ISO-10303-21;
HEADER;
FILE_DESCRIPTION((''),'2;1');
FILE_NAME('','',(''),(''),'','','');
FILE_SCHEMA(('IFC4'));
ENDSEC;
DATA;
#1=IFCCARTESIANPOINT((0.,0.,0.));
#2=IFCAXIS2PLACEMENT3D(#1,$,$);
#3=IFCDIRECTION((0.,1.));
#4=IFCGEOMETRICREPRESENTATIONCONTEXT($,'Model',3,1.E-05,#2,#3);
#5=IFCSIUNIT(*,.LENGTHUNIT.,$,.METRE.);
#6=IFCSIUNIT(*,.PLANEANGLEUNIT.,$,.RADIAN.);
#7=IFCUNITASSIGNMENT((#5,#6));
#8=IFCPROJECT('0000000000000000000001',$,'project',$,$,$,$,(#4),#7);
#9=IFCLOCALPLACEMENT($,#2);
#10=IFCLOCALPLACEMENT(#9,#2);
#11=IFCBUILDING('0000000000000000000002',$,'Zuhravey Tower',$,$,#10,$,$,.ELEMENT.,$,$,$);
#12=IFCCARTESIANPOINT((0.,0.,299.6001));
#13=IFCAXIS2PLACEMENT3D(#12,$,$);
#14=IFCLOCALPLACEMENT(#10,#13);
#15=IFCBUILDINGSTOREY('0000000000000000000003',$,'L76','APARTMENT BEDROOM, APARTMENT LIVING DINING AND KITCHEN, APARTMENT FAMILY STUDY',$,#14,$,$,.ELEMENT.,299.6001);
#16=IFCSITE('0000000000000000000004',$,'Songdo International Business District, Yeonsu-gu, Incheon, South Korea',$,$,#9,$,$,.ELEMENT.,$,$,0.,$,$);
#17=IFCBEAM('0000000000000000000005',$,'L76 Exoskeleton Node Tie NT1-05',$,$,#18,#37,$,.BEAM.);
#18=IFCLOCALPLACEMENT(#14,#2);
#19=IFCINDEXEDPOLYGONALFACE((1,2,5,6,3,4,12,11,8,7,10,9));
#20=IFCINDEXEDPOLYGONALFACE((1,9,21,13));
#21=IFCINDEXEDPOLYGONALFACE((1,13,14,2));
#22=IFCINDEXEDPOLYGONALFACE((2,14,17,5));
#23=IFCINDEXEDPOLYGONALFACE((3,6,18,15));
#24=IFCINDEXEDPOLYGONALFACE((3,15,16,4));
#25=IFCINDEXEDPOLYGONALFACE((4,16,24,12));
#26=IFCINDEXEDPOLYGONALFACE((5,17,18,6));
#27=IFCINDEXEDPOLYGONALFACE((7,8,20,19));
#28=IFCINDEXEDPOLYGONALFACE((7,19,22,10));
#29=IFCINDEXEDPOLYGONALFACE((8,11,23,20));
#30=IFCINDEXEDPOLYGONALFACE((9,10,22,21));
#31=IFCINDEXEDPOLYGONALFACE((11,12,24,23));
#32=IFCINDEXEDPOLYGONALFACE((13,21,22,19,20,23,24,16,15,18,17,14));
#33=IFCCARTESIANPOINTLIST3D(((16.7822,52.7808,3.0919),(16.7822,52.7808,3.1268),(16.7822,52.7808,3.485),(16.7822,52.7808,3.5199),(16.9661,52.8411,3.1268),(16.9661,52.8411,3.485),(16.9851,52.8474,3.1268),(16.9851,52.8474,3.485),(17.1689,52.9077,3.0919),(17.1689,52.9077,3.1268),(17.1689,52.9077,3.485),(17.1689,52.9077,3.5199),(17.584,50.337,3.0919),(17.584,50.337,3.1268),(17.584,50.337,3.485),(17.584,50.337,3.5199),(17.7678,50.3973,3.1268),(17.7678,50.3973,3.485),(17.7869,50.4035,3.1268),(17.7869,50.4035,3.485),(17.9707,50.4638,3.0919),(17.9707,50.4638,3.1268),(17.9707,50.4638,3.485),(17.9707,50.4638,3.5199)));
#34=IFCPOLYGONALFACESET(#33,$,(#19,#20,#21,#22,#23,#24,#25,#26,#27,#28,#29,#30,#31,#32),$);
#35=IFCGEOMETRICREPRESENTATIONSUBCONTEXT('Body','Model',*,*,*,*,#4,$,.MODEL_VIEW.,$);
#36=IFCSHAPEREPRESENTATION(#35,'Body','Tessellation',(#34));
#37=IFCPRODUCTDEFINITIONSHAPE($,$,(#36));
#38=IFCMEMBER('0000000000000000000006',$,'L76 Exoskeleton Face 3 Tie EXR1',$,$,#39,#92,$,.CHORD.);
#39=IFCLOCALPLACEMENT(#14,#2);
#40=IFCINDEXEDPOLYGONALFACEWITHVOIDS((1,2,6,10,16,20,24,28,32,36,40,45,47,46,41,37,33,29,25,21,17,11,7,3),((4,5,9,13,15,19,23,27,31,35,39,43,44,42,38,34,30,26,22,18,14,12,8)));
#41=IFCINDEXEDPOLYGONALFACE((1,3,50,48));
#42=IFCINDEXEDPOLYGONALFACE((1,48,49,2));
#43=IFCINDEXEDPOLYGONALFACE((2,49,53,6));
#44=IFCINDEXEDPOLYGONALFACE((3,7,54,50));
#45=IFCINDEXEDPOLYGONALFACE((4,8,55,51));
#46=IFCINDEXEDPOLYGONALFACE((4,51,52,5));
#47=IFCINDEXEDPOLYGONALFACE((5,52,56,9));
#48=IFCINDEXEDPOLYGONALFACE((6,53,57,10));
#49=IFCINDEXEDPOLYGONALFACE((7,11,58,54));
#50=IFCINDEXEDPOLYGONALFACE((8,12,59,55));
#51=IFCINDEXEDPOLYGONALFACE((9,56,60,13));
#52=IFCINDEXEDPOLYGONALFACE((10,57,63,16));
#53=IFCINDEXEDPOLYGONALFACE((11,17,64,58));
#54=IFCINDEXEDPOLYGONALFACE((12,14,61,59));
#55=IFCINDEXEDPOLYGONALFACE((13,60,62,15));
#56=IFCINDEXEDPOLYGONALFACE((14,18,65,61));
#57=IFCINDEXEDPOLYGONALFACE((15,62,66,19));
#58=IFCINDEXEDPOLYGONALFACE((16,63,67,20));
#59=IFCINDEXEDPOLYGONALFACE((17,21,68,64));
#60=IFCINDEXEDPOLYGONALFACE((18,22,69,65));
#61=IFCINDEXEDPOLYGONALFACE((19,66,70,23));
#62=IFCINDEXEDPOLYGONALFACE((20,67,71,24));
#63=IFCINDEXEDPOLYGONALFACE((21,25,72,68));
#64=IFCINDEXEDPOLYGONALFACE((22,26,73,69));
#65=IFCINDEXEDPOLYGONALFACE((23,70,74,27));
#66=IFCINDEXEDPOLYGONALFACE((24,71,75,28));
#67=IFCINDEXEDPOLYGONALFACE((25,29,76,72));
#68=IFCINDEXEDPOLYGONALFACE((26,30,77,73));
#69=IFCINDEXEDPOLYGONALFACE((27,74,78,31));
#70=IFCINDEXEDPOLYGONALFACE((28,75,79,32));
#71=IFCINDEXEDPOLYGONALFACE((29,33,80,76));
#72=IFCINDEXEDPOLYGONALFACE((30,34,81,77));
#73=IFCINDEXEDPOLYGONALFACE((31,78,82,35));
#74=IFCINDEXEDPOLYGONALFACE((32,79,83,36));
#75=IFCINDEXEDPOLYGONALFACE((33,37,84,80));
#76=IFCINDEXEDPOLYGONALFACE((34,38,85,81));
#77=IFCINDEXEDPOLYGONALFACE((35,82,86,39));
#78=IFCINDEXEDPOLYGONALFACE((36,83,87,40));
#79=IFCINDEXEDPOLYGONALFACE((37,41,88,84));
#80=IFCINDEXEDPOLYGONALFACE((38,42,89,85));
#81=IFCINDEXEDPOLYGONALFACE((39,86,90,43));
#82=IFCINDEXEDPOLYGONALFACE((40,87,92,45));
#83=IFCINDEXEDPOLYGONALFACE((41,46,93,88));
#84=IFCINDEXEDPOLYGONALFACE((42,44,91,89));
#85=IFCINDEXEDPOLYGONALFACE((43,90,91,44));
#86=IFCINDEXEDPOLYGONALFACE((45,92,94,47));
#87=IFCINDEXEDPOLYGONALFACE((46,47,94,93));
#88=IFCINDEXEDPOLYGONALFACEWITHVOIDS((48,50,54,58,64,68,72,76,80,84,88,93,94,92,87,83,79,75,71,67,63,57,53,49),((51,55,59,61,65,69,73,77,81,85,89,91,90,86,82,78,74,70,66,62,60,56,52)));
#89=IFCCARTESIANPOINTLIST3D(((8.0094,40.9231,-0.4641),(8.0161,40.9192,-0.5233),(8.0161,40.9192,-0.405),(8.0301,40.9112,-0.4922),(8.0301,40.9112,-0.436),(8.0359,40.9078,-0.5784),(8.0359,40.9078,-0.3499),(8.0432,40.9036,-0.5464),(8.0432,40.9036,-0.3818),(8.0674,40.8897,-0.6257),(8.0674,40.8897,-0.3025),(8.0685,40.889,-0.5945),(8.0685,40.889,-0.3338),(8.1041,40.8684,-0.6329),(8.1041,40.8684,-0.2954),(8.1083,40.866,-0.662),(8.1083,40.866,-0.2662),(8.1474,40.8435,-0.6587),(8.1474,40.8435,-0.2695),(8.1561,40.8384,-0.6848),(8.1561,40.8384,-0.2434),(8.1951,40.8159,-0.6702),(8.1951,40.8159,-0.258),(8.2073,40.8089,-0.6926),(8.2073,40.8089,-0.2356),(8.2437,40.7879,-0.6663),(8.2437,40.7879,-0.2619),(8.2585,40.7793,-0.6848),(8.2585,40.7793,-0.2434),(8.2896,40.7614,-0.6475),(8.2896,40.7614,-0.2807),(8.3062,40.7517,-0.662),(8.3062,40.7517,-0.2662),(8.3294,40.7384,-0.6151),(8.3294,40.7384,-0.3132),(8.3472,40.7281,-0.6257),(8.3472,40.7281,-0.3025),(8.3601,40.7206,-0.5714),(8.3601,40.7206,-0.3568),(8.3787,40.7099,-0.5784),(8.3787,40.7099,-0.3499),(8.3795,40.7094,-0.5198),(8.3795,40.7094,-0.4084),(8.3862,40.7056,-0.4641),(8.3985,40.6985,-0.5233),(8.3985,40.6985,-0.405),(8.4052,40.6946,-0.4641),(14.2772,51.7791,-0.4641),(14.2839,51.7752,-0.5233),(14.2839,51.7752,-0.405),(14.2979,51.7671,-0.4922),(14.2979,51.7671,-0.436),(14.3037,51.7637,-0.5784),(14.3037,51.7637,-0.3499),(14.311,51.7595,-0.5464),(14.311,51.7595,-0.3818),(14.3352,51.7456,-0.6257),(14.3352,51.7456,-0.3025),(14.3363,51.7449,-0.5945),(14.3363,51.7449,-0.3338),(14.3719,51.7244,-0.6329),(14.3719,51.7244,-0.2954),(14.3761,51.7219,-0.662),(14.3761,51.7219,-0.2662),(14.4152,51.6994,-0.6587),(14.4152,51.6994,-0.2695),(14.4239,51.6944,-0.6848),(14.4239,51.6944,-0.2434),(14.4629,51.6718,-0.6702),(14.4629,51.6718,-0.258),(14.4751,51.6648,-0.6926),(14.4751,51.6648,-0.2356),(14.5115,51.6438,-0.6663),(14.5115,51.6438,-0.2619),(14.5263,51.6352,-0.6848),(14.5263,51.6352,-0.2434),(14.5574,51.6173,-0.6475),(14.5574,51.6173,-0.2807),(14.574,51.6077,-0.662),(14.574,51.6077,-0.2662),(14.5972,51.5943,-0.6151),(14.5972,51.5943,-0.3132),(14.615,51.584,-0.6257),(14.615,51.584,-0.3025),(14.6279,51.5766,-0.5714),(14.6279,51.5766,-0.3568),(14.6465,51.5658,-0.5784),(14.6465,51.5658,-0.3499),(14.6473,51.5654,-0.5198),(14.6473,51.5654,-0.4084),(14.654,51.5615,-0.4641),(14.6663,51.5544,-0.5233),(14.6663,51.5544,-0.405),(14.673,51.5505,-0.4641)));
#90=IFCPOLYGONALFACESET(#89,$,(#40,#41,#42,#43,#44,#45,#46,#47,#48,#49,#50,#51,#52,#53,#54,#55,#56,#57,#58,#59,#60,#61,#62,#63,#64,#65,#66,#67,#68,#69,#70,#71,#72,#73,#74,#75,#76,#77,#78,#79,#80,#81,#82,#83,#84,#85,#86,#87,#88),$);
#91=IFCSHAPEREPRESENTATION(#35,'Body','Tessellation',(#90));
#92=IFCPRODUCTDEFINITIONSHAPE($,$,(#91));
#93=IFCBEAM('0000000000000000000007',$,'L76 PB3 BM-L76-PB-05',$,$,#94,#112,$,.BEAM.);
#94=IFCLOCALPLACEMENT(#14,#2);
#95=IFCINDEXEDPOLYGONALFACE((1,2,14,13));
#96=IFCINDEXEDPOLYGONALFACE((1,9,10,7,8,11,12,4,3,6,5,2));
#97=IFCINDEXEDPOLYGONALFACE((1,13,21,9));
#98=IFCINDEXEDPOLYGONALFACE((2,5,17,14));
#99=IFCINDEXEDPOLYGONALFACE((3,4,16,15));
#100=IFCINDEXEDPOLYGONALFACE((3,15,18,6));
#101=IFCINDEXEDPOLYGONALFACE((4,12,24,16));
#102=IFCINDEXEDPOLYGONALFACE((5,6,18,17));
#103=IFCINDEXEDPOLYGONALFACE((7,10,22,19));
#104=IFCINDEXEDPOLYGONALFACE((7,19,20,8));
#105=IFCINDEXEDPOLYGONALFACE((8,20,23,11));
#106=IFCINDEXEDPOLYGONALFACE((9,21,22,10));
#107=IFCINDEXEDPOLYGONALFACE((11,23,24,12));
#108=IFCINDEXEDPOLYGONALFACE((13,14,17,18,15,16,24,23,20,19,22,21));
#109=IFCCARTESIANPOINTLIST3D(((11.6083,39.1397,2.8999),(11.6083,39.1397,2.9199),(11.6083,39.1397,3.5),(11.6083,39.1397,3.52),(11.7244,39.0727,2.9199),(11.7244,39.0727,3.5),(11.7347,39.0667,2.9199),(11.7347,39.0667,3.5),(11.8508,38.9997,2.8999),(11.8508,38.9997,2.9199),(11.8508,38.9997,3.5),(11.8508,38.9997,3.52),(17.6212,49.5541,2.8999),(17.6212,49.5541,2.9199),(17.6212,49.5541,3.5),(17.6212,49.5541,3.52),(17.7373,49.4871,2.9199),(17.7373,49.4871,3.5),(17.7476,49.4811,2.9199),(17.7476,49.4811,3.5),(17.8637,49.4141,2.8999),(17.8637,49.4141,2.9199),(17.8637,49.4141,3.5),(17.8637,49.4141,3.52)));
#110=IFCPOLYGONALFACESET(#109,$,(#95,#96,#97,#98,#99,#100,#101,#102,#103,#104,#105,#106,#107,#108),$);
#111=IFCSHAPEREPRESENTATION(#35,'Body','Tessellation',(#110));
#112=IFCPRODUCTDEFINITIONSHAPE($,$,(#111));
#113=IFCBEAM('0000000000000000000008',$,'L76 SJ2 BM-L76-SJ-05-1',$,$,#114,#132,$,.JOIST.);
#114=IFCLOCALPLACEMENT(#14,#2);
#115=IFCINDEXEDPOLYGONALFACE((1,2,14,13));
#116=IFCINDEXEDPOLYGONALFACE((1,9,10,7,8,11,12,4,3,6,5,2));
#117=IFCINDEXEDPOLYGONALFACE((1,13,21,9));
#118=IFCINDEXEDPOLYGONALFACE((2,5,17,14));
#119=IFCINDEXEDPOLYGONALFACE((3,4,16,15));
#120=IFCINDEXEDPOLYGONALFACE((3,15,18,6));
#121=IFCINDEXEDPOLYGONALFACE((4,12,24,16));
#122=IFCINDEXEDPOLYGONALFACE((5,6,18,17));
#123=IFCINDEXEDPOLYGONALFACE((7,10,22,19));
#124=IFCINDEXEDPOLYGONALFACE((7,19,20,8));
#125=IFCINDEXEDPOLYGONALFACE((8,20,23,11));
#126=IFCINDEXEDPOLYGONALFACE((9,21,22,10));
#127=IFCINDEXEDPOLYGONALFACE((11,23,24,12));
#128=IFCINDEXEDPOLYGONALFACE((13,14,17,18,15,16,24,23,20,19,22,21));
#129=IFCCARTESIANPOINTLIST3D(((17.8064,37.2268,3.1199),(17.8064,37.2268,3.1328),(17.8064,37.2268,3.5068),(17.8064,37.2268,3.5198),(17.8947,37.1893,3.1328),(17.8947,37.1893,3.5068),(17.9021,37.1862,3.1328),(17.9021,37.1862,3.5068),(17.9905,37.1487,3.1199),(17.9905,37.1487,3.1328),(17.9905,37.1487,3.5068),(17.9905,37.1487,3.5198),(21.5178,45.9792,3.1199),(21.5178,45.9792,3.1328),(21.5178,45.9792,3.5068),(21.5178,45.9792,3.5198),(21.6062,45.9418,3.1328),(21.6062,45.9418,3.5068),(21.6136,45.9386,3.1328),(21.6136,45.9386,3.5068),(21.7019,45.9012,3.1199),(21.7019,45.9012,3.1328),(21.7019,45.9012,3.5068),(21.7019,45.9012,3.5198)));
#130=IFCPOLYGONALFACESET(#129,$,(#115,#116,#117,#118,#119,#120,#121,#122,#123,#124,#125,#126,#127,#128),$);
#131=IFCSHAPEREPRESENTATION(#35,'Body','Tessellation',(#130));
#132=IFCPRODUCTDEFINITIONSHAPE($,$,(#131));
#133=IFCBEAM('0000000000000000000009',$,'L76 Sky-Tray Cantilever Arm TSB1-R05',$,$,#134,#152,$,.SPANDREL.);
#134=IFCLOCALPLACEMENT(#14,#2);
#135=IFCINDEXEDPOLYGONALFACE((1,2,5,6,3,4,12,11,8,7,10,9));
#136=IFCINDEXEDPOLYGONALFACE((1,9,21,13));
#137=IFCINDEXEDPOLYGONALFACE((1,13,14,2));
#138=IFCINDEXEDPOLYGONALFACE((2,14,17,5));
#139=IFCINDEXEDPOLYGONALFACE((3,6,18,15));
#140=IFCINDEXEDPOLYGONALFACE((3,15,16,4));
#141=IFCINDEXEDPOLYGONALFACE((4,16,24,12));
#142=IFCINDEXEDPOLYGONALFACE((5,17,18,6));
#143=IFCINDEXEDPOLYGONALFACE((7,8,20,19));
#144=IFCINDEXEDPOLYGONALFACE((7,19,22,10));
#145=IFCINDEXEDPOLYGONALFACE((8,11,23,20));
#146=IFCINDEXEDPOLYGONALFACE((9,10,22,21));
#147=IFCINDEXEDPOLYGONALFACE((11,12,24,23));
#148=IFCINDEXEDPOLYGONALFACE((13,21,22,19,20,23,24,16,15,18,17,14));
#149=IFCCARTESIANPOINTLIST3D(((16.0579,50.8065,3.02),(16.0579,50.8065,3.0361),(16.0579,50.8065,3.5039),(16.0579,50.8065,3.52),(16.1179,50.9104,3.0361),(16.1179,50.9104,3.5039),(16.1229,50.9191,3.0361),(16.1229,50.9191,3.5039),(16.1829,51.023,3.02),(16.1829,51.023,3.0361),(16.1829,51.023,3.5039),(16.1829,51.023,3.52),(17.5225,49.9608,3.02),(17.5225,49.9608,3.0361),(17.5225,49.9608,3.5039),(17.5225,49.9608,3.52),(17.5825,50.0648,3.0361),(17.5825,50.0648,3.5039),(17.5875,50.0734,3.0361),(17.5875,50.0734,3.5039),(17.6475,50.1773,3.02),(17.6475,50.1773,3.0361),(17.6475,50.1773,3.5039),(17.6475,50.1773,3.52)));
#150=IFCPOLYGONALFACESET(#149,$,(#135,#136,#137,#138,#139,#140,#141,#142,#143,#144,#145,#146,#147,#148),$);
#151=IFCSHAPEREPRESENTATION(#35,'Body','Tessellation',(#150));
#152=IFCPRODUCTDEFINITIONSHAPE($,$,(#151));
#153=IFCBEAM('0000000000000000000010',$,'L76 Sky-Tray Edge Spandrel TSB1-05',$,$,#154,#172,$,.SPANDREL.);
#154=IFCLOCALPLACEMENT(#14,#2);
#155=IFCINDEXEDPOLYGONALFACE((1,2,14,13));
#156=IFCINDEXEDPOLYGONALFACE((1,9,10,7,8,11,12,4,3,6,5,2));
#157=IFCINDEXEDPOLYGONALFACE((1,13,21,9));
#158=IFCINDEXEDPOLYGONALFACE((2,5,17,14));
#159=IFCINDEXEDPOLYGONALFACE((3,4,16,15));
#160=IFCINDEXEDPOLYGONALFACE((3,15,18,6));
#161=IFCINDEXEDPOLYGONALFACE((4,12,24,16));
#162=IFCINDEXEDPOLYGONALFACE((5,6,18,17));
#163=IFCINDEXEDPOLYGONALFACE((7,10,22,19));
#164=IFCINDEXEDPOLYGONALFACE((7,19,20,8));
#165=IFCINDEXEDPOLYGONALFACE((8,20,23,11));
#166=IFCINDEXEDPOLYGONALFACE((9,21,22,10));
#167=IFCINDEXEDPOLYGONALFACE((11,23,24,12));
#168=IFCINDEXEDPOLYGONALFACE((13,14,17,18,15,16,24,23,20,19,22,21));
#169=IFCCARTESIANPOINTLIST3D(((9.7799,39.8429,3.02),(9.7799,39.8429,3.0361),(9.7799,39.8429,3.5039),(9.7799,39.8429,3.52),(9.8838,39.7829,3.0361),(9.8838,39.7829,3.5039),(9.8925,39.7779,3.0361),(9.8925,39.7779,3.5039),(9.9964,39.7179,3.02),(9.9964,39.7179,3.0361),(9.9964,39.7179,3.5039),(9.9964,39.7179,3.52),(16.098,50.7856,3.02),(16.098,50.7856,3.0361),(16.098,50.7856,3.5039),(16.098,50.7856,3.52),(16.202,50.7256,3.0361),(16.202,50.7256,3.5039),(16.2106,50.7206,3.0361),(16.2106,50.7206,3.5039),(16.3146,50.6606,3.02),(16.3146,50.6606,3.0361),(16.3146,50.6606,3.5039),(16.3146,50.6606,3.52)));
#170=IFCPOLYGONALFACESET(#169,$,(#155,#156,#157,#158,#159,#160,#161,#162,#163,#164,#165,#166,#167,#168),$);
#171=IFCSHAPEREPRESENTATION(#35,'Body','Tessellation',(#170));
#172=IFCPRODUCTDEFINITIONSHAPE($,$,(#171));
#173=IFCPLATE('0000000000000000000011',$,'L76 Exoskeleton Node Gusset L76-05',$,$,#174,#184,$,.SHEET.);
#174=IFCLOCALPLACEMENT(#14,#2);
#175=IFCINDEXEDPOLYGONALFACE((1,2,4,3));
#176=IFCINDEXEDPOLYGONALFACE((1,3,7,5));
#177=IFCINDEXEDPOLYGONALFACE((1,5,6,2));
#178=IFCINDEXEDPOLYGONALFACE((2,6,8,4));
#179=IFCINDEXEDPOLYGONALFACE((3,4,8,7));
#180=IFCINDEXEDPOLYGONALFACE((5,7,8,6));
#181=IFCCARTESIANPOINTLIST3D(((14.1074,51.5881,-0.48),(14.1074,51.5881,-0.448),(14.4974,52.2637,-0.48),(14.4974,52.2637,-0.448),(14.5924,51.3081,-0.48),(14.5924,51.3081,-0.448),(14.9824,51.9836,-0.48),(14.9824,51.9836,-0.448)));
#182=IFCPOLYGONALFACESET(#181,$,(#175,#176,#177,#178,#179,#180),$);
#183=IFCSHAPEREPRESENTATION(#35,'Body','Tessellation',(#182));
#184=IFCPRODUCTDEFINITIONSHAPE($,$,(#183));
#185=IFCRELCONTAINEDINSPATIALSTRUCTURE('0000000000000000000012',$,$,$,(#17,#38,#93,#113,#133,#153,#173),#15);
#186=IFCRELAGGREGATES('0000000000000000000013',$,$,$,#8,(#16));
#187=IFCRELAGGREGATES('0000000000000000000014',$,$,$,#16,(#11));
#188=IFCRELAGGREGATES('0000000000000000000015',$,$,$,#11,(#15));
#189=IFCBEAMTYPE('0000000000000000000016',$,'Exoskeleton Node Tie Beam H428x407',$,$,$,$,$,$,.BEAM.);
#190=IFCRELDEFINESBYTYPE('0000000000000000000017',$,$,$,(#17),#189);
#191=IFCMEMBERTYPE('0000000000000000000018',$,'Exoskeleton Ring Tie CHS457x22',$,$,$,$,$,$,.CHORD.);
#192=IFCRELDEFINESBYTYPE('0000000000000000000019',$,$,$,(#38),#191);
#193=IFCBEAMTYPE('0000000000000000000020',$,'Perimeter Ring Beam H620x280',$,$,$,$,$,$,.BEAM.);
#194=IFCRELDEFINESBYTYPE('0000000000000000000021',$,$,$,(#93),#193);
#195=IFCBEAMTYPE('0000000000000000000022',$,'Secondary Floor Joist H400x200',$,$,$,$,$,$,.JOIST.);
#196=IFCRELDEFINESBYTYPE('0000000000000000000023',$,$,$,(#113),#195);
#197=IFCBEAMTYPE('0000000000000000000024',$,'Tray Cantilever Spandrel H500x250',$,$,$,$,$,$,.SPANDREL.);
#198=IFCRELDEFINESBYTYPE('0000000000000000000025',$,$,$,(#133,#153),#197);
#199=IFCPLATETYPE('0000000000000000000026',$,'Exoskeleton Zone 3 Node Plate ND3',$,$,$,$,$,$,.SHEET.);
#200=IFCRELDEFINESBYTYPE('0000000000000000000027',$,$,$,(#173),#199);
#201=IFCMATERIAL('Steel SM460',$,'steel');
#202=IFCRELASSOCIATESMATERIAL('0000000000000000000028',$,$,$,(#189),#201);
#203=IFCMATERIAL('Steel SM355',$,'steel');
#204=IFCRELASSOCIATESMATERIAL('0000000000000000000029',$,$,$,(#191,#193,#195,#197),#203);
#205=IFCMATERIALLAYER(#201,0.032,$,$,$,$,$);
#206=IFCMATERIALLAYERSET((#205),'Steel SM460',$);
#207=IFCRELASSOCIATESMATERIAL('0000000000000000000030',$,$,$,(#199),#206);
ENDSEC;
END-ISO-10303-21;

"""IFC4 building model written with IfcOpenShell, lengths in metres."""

from ifc_helpers import new_model, si_unit, direction, frame, origin, origin_2d, place, context, subcontext, project, spatial, rectangle, hollow_circle, i_section, extrude, material, layer, layer_set, material_profile, profile_set, type_object, element, save


model = new_model("IFC4")

# Units and contexts
model_context = context("Model", 3, precision=1e-05, world=origin(), true_north=direction((0.0, 1.0)))
body_context = subcontext(model_context, "Body", "Model", "MODEL_VIEW")
ifc_project = project(units=[si_unit("LENGTHUNIT", "METRE"), si_unit("PLANEANGLEUNIT", "RADIAN")], contexts=[model_context])

# Site, building, storey
site_placement = place(None, origin())
site = spatial("IfcSite", under=ifc_project, at=site_placement, Name="Songdo International Business District, Yeonsu-gu, Incheon, South Korea", CompositionType="ELEMENT", RefElevation=0.0)
building_placement = place(site_placement, origin())
building = spatial("IfcBuilding", under=site, at=building_placement, Name="Zuhravey Tower", CompositionType="ELEMENT")
storey_placement = place(building_placement, frame((0.0, 0.0, 299.6001)))
storey = spatial("IfcBuildingStorey", under=building, at=storey_placement, Name="L76", Description="APARTMENT BEDROOM, APARTMENT LIVING DINING AND KITCHEN, APARTMENT FAMILY STUDY", CompositionType="ELEMENT", Elevation=299.6001)

# Beam
ifc_material_1 = material(Name="Steel SM460", Category="steel")
ifc_material_profile_1 = material_profile(ifc_material_1, i_section(OverallWidth=0.407, OverallDepth=0.428, WebThickness=0.02, FlangeThickness=0.0349, at=origin_2d()), Name="H-428x407x20x35")
ifc_profile_set_1 = profile_set([ifc_material_profile_1], Name="Steel SM460")
beam_type_1 = type_object("IfcBeamType", Name="Exoskeleton Node Tie Beam H428x407", PredefinedType="BEAM", material=ifc_profile_set_1)
beam_1_placement = place(storey_placement, frame((17.7773, 50.4004, 3.3059), z_axis=(-0.311725, 0.950172, 0.0), x_axis=(-0.950172, -0.311725, 0.0)))
element("IfcBeam", 1, at=beam_1_placement, inside=storey, type_object=beam_type_1, Name="L76 Exoskeleton Node Tie NT1-05", PredefinedType="BEAM", context=body_context, shape_type="SweptSolid", body=[
    extrude(i_section(OverallWidth=0.407, OverallDepth=0.428, WebThickness=0.02, FlangeThickness=0.0349, at=origin_2d()), origin(), (0.0, 0.0, 1.0), 2.572),
])

# Member
ifc_material_2 = material(Name="Steel SM355", Category="steel")
ifc_material_profile_2 = material_profile(ifc_material_2, hollow_circle(Radius=0.2285, WallThickness=0.022, at=origin_2d()), Name="CHS-457.2x22")
ifc_profile_set_2 = profile_set([ifc_material_profile_2], Name="Steel SM355")
member_type_1 = type_object("IfcMemberType", Name="Exoskeleton Ring Tie CHS457x22", PredefinedType="CHORD", material=ifc_profile_set_2)
member_1_placement = place(storey_placement, frame((14.4751, 51.6648, -0.4641), z_axis=(-0.500008, -0.866021, 0.0), x_axis=(0.866021, -0.500008, 0.0)))
element("IfcMember", 2, at=member_1_placement, inside=storey, type_object=member_type_1, Name="L76 Exoskeleton Face 3 Tie EXR1", PredefinedType="CHORD", context=body_context, shape_type="SweptSolid", body=[
    extrude(hollow_circle(Radius=0.2285, WallThickness=0.022, at=origin_2d()), origin(), (0.0, 0.0, 1.0), 12.5354),
])

# Beams
ifc_material_profile_3 = material_profile(ifc_material_2, i_section(OverallWidth=0.28, OverallDepth=0.6201, WebThickness=0.012, FlangeThickness=0.02, at=origin_2d()), Name="H-620x280x12x20")
ifc_profile_set_3 = profile_set([ifc_material_profile_3], Name="Steel SM355")
beam_type_2 = type_object("IfcBeamType", Name="Perimeter Ring Beam H620x280", PredefinedType="BEAM", material=ifc_profile_set_3)
beam_2_placement = place(storey_placement, frame((17.7424, 49.4841, 3.21), z_axis=(-0.500006, -0.866022, 0.0), x_axis=(0.866022, -0.500006, 0.0)))
element("IfcBeam", 3, at=beam_2_placement, inside=storey, type_object=beam_type_2, Name="L76 PB3 BM-L76-PB-05", PredefinedType="BEAM", context=body_context, shape_type="SweptSolid", body=[
    extrude(i_section(OverallWidth=0.28, OverallDepth=0.6201, WebThickness=0.012, FlangeThickness=0.02, at=origin_2d()), origin(), (0.0, 0.0, 1.0), 12.0256),
])
ifc_material_profile_4 = material_profile(ifc_material_2, i_section(OverallWidth=0.2, OverallDepth=0.3999, WebThickness=0.0081, FlangeThickness=0.0129, at=origin_2d()), Name="H-400x200x8x13")
ifc_profile_set_4 = profile_set([ifc_material_profile_4], Name="Steel SM355")
beam_type_3 = type_object("IfcBeamType", Name="Secondary Floor Joist H400x200", PredefinedType="JOIST", material=ifc_profile_set_4)
beam_3_placement = place(storey_placement, frame((21.6099, 45.9402, 3.3198), z_axis=(-0.390396, -0.920647, 0.0), x_axis=(0.920647, -0.390396, 0.0)))
element("IfcBeam", 4, at=beam_3_placement, inside=storey, type_object=beam_type_3, Name="L76 SJ2 BM-L76-SJ-05-1", PredefinedType="JOIST", context=body_context, shape_type="SweptSolid", body=[
    extrude(i_section(OverallWidth=0.2, OverallDepth=0.3999, WebThickness=0.0081, FlangeThickness=0.0129, at=origin_2d()), origin(), (0.0, 0.0, 1.0), 9.5068),
])
ifc_material_profile_5 = material_profile(ifc_material_2, i_section(OverallWidth=0.25, OverallDepth=0.5, WebThickness=0.01, FlangeThickness=0.0161, at=origin_2d()), Name="H-500x250x10x16")
ifc_profile_set_5 = profile_set([ifc_material_profile_5], Name="Steel SM355")
beam_type_4 = type_object("IfcBeamType", Name="Tray Cantilever Spandrel H500x250", PredefinedType="SPANDREL", material=ifc_profile_set_5)
beam_4_placement = place(storey_placement, frame((17.585, 50.0691, 3.27), z_axis=(-0.865996, 0.500052, 0.0), x_axis=(-0.500052, -0.865996, 0.0)))
element("IfcBeam", 5, at=beam_4_placement, inside=storey, type_object=beam_type_4, Name="L76 Sky-Tray Cantilever Arm TSB1-R05", PredefinedType="SPANDREL", context=body_context, shape_type="SweptSolid", body=[
    extrude(i_section(OverallWidth=0.25, OverallDepth=0.5, WebThickness=0.01, FlangeThickness=0.0161, at=origin_2d()), origin(), (0.0, 0.0, 1.0), 1.6912),
])
beam_5_placement = place(storey_placement, frame((16.2063, 50.7231, 3.27), z_axis=(-0.500023, -0.866012, 0.0), x_axis=(0.866012, -0.500023, 0.0)))
element("IfcBeam", 6, at=beam_5_placement, inside=storey, type_object=beam_type_4, Name="L76 Sky-Tray Edge Spandrel TSB1-05", PredefinedType="SPANDREL", context=body_context, shape_type="SweptSolid", body=[
    extrude(i_section(OverallWidth=0.25, OverallDepth=0.5, WebThickness=0.01, FlangeThickness=0.0161, at=origin_2d()), origin(), (0.0, 0.0, 1.0), 12.6357),
])

# Plate
ifc_layer_1 = layer(ifc_material_1, 0.032)
ifc_layer_set_1 = layer_set([ifc_layer_1], Name="Steel SM460")
plate_type_1 = type_object("IfcPlateType", Name="Exoskeleton Zone 3 Node Plate ND3", PredefinedType="SHEET", material=ifc_layer_set_1)
plate_1_placement = place(storey_placement, frame((14.5449, 51.7859, -0.48), z_axis=(0.0, 0.0, 1.0), x_axis=(-0.5, -0.866025, 0.0)))
element("IfcPlate", 7, at=plate_1_placement, inside=storey, type_object=plate_type_1, Name="L76 Exoskeleton Node Gusset L76-05", PredefinedType="SHEET", context=body_context, shape_type="SweptSolid", body=[
    extrude(rectangle(XDim=0.78, YDim=0.5601, at=origin_2d()), origin(), (0.0, 0.0, 1.0), 0.032),
])

save(model, "model.ifc")
